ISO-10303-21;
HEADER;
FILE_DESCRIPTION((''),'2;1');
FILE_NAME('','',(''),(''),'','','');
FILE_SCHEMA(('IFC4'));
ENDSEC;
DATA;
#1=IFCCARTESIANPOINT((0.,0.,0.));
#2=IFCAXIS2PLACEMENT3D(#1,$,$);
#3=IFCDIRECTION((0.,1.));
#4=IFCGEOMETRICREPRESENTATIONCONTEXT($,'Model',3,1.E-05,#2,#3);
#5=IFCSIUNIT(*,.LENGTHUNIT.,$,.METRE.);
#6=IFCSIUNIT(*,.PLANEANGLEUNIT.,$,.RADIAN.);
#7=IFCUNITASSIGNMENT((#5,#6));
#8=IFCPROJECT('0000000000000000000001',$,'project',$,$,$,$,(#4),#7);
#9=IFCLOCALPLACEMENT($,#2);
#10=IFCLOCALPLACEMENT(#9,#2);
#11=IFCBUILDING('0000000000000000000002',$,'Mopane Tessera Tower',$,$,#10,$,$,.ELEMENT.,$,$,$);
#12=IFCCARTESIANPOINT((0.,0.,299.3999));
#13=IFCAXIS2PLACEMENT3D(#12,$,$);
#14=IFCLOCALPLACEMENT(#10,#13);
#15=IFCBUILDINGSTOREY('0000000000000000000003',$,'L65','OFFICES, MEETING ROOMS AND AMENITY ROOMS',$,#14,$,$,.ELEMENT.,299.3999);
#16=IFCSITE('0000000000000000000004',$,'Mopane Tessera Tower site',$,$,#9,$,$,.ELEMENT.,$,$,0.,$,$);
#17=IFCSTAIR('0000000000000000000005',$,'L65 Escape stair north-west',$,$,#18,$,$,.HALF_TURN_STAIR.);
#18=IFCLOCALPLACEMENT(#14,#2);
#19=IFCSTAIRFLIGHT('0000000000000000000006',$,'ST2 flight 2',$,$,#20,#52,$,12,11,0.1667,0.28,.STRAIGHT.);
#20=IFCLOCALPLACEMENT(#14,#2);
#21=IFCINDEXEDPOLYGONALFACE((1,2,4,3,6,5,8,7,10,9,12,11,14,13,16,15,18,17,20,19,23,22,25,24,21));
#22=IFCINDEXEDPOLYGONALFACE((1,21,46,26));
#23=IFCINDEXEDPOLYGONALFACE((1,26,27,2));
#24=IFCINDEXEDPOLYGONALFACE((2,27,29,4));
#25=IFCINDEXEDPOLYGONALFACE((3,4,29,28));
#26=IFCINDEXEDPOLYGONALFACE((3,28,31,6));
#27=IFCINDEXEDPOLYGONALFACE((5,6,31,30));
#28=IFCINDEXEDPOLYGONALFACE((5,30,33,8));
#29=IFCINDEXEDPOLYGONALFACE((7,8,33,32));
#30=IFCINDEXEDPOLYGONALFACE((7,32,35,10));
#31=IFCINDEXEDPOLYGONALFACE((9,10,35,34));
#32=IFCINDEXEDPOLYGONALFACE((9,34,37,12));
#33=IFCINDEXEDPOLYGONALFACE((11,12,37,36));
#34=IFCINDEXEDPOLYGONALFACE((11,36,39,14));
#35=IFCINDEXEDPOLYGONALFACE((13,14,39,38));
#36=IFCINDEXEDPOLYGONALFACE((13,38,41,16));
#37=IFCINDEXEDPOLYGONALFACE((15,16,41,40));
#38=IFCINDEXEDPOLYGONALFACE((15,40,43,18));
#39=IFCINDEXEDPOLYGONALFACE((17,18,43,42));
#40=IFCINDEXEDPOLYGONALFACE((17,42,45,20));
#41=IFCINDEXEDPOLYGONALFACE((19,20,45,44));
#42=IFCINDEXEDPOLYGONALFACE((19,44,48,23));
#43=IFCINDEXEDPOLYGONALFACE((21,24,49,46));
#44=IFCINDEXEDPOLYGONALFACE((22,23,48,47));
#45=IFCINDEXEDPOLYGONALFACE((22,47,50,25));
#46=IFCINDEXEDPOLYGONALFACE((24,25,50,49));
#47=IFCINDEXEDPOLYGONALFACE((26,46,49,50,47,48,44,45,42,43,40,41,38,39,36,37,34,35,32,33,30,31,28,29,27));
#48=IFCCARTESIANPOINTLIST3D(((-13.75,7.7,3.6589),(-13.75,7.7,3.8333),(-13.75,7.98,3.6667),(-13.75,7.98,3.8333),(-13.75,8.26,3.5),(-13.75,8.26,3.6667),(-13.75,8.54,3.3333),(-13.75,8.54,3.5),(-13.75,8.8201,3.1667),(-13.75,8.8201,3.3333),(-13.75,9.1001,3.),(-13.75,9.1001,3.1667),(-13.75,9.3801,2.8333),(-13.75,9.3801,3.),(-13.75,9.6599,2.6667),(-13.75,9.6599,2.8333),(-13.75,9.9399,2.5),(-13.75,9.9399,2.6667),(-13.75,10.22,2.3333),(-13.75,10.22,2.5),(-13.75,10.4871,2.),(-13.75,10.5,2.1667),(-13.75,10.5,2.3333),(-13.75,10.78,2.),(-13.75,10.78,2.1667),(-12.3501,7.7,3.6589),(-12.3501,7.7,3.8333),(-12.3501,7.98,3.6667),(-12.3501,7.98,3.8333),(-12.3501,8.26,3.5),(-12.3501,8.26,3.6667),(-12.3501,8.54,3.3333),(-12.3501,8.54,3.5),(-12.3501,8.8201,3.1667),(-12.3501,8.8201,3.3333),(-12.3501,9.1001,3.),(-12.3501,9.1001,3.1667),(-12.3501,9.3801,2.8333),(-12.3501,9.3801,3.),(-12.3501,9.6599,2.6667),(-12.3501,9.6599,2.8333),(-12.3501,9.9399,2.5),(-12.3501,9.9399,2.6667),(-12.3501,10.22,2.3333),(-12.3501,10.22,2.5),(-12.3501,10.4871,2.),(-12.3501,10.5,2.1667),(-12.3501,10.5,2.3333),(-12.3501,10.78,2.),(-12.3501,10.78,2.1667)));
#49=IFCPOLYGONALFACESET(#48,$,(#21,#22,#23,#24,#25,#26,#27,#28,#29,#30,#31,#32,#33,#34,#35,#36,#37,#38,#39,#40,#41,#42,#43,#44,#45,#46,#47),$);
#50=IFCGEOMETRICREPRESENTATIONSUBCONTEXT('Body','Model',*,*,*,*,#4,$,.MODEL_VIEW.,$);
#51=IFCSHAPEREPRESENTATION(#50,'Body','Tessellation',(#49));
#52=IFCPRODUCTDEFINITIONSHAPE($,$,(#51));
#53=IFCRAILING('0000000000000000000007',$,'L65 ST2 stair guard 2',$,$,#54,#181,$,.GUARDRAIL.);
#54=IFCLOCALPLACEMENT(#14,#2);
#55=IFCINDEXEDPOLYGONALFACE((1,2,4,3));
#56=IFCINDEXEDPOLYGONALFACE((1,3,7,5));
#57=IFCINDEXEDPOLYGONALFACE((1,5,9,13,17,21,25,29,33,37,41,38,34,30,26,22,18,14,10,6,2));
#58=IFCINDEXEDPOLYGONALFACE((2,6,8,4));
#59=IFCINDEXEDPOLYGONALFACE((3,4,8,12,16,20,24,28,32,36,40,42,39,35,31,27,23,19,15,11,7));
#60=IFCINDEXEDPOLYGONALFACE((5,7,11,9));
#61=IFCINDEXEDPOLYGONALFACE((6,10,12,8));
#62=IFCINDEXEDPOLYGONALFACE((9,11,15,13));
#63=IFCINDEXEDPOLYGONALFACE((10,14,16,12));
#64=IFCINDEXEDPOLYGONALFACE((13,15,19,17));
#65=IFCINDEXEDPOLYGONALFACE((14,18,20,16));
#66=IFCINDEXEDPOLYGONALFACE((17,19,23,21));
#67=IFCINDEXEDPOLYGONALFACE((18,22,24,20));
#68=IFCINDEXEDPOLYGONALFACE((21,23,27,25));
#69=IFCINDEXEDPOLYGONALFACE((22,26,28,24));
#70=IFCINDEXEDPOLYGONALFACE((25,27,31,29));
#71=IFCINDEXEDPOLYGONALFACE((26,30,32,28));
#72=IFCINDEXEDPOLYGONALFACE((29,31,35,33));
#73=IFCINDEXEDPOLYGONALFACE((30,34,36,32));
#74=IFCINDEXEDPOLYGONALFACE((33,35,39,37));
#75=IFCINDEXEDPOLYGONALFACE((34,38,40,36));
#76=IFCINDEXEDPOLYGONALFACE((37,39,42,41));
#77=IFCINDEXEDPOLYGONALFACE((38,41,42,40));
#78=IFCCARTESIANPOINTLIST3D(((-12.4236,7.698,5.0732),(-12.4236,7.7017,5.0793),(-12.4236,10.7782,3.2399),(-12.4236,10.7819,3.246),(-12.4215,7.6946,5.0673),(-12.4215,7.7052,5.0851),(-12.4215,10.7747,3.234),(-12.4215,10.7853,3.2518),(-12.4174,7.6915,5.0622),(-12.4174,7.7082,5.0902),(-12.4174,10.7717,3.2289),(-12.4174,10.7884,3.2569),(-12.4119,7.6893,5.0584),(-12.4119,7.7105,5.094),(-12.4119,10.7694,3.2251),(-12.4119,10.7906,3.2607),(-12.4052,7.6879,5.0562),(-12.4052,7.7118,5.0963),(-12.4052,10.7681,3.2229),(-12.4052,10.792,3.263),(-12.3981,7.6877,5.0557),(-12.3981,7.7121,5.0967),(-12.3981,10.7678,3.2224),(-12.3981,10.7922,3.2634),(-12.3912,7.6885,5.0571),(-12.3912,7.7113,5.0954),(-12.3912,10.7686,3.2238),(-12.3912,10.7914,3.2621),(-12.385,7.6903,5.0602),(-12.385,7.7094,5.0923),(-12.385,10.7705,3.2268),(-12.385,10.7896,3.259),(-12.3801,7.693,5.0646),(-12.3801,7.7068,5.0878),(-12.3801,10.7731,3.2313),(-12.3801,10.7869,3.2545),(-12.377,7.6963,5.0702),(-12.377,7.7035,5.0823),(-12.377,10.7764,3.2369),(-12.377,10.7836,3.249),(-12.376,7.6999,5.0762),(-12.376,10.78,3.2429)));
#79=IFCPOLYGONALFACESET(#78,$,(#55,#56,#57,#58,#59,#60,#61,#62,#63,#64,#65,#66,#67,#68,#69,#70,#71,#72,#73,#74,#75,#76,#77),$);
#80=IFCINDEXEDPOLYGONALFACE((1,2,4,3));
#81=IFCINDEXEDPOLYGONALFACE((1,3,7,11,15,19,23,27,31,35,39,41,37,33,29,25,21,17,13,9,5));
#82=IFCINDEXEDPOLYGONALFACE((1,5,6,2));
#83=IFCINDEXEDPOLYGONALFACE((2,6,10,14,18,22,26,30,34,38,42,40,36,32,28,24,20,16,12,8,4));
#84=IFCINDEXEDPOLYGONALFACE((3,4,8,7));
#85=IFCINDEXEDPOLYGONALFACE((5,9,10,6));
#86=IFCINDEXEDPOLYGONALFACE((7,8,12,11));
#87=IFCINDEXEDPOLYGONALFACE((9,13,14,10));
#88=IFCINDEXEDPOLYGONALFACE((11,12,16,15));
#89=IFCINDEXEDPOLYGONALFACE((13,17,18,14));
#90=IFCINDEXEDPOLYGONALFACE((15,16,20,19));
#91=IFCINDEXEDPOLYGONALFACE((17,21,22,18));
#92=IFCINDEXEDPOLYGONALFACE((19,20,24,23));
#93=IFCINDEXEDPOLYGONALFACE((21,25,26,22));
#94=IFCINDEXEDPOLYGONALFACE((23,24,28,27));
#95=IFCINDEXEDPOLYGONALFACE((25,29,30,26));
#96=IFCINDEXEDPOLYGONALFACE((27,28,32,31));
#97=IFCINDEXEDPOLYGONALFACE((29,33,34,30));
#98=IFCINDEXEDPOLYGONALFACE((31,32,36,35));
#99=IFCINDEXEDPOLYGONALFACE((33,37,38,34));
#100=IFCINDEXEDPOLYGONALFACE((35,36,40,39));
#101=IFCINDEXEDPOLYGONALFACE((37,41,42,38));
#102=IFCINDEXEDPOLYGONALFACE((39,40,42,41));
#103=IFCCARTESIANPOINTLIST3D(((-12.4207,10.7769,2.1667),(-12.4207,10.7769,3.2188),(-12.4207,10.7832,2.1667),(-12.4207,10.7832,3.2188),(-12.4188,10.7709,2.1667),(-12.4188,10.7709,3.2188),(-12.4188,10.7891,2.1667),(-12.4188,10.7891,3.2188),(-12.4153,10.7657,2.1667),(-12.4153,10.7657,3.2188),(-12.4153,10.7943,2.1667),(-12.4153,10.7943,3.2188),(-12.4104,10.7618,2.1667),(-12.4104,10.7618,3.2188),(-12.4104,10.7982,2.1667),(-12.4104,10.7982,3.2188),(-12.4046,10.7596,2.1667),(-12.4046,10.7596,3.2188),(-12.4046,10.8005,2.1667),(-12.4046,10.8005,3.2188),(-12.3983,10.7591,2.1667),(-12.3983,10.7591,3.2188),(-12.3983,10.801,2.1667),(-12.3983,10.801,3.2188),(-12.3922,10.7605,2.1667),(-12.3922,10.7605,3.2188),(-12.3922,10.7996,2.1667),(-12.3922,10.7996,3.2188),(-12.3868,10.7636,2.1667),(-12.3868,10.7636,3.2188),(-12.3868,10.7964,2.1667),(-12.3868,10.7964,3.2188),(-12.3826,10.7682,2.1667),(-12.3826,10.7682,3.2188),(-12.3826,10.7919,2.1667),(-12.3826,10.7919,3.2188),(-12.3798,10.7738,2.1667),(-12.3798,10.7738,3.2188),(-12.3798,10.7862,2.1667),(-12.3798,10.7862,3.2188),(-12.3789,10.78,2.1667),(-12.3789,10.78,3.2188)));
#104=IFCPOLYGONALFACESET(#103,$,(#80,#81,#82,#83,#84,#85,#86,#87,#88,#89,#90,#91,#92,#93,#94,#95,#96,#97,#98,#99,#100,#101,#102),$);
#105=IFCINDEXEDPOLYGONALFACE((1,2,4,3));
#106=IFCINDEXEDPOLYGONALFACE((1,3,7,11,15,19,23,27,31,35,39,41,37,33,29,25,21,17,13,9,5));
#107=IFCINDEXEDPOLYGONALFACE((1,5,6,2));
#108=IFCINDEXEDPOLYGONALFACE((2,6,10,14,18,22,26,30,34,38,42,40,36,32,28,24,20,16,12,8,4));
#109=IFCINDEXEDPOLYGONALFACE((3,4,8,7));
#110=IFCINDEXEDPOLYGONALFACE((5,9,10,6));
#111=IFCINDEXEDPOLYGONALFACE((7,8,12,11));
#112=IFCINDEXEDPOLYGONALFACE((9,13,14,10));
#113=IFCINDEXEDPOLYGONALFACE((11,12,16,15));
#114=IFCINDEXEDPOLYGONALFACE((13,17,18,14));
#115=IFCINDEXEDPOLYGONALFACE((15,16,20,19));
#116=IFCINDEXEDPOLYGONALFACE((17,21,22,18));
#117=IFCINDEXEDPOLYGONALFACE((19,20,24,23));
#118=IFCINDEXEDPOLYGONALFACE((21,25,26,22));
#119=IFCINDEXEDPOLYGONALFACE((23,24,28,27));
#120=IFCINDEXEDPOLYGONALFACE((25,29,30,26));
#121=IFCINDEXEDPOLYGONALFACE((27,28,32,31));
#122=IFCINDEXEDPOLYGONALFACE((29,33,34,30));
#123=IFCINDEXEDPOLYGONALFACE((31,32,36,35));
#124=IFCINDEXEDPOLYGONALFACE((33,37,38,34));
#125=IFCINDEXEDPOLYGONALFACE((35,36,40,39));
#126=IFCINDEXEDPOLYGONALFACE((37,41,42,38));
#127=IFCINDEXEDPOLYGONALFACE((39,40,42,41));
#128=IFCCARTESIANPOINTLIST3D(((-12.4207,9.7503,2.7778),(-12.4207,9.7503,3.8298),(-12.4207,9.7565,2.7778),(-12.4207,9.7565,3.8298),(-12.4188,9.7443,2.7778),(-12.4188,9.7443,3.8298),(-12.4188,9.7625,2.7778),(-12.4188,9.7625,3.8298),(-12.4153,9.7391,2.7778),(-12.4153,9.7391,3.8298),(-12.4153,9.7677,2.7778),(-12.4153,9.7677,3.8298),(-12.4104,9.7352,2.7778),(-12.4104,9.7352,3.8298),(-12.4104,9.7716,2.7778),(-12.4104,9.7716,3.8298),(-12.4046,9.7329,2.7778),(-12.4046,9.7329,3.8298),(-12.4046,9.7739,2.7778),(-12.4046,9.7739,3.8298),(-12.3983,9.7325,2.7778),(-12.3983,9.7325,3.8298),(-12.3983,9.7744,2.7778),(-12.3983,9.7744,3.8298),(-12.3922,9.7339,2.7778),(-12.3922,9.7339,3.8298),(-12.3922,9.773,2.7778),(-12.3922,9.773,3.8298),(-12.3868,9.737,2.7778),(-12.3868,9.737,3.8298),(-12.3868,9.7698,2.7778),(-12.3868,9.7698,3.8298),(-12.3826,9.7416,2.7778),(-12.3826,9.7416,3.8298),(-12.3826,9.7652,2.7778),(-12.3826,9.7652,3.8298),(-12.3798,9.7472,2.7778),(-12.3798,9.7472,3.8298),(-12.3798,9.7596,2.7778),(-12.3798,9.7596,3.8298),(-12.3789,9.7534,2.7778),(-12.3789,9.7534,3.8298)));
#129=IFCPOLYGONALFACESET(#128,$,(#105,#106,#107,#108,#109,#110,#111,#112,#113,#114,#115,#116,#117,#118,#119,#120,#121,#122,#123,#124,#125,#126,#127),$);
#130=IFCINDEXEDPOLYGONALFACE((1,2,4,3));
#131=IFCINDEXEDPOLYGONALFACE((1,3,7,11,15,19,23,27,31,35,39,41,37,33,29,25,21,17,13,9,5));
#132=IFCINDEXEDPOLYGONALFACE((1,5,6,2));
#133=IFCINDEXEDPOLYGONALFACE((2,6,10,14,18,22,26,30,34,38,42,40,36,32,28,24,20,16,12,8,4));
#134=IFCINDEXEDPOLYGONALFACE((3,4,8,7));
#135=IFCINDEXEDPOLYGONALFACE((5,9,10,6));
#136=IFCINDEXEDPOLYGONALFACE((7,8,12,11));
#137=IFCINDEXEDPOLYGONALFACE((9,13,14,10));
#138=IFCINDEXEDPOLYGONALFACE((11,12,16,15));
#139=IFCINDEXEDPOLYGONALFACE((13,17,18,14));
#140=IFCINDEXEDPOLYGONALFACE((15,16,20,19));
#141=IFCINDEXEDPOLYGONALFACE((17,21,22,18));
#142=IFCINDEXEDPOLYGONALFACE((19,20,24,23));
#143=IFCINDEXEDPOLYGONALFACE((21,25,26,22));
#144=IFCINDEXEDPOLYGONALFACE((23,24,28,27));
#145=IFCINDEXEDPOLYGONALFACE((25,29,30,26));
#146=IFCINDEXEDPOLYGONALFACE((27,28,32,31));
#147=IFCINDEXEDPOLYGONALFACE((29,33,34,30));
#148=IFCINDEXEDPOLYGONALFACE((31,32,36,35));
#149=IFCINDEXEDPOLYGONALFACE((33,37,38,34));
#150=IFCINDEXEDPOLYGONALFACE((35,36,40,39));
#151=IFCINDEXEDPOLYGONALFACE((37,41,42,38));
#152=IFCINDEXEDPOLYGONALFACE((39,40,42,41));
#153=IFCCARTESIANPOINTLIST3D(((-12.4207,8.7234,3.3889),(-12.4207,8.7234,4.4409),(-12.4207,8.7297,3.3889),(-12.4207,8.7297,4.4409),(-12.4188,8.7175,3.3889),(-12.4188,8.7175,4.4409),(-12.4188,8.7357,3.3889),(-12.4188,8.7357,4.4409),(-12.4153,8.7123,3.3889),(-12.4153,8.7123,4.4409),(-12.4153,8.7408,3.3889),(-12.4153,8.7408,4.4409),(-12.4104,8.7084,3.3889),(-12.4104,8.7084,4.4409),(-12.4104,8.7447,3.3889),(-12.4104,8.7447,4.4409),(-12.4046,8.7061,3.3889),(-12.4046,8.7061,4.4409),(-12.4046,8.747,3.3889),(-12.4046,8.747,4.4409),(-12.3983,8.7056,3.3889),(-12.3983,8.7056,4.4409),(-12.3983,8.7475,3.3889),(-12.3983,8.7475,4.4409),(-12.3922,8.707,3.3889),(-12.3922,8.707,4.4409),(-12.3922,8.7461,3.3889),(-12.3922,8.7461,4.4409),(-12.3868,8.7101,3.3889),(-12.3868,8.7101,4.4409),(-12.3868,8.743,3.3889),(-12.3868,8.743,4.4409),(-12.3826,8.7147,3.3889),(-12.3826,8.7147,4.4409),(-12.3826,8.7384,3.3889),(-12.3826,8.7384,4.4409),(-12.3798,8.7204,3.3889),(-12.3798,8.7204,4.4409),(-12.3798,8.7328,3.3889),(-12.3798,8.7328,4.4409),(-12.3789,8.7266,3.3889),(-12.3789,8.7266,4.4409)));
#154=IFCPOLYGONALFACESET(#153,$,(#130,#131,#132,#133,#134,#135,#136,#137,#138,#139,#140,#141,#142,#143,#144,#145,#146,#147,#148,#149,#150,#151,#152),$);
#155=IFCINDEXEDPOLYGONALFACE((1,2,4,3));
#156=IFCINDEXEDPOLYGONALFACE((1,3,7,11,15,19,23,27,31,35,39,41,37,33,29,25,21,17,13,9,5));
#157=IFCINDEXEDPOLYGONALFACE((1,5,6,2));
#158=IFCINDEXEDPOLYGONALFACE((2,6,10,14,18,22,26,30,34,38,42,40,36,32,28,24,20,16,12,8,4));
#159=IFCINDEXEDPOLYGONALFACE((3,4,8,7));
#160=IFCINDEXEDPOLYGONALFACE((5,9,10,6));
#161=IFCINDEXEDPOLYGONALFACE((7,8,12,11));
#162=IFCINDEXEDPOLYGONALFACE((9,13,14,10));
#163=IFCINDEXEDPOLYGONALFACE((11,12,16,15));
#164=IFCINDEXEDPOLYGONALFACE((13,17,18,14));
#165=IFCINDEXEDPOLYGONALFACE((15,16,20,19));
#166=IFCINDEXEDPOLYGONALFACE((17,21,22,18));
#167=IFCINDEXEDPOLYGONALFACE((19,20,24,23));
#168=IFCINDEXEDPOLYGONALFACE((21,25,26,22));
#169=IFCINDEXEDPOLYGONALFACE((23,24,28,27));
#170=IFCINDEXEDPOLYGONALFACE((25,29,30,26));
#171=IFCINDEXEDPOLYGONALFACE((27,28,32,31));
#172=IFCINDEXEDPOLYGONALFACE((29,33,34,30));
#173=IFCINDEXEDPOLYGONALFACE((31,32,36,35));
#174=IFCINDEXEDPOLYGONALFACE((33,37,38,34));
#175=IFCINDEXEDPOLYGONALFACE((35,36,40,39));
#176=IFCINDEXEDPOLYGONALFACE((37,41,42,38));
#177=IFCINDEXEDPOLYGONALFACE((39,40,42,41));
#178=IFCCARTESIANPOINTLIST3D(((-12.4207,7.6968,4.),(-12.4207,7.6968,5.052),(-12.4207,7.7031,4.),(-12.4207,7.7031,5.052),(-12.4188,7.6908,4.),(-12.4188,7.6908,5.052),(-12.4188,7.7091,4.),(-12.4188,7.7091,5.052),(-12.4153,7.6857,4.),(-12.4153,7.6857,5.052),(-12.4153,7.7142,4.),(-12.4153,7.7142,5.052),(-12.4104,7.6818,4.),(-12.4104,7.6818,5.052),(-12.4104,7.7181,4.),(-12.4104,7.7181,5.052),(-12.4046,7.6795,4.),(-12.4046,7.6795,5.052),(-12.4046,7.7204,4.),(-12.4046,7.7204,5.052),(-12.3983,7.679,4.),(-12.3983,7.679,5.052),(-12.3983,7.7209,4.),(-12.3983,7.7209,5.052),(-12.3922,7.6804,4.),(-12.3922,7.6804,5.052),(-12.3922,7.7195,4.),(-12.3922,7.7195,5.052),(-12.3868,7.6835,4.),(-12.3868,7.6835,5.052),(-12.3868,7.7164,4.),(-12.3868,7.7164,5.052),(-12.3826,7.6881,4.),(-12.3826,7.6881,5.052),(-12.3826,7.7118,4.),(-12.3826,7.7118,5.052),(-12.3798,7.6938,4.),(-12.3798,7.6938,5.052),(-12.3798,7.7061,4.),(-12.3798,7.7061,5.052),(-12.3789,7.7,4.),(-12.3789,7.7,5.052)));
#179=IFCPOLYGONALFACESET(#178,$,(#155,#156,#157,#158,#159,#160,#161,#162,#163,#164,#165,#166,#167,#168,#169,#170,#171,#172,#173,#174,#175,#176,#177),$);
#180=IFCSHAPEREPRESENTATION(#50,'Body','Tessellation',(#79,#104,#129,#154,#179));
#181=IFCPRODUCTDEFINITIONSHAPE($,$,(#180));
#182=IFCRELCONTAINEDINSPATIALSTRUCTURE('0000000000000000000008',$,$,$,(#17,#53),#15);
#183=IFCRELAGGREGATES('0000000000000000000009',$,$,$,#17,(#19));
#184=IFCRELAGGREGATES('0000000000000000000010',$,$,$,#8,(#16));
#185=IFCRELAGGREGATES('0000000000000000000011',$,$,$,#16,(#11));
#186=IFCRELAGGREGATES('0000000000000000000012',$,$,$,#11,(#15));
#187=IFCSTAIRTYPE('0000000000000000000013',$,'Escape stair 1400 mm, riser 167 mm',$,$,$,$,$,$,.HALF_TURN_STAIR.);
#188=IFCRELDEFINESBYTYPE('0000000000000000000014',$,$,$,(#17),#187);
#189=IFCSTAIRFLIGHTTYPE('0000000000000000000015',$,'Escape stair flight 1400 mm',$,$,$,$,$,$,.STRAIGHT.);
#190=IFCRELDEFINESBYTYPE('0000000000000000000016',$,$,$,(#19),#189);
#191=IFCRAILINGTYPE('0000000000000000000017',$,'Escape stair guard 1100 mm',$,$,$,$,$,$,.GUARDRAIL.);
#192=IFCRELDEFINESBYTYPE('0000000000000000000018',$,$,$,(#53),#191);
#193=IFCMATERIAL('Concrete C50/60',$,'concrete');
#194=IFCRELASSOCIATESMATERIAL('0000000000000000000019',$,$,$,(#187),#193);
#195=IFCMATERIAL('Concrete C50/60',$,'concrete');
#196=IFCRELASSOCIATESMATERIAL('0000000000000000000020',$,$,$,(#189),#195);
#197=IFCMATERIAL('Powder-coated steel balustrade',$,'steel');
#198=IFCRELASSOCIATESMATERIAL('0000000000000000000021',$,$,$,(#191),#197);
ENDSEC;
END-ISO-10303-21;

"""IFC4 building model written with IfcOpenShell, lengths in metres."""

from ifc_helpers import new_model, si_unit, direction, frame, origin, origin_2d, place, context, subcontext, project, spatial, polyline, circle, outline, extrude, material, type_object, element, aggregate, save


model = new_model("IFC4")

# Units and contexts
model_context = context("Model", 3, precision=1e-05, world=origin(), true_north=direction((0.0, 1.0)))
body_context = subcontext(model_context, "Body", "Model", "MODEL_VIEW")
ifc_project = project(units=[si_unit("LENGTHUNIT", "METRE"), si_unit("PLANEANGLEUNIT", "RADIAN")], contexts=[model_context])

# Site, building, storey
site_placement = place(None, origin())
site = spatial("IfcSite", under=ifc_project, at=site_placement, Name="Mopane Tessera Tower site", CompositionType="ELEMENT", RefElevation=0.0)
building_placement = place(site_placement, origin())
building = spatial("IfcBuilding", under=site, at=building_placement, Name="Mopane Tessera Tower", CompositionType="ELEMENT")
storey_placement = place(building_placement, frame((0.0, 0.0, 299.3999)))
storey = spatial("IfcBuildingStorey", under=building, at=storey_placement, Name="L65", Description="OFFICES, MEETING ROOMS AND AMENITY ROOMS", CompositionType="ELEMENT", Elevation=299.3999)

# Stair, stair flight
ifc_material_1 = material(Name="Concrete C50/60", Category="concrete")
stair_type = type_object("IfcStairType", Name="Escape stair 1400 mm, riser 167 mm", PredefinedType="HALF_TURN_STAIR", material=ifc_material_1)
stair_placement = place(storey_placement, origin())
stair = element("IfcStair", 1, at=stair_placement, inside=storey, type_object=stair_type, Name="L65 Escape stair north-west", PredefinedType="HALF_TURN_STAIR")
ifc_material_2 = material(Name="Concrete C50/60", Category="concrete")
stair_flight_type = type_object("IfcStairFlightType", Name="Escape stair flight 1400 mm", PredefinedType="STRAIGHT", material=ifc_material_2)
stair_flight_placement = place(storey_placement, frame((-13.05, 10.78, 2.0), z_axis=(0.0, 0.0, 1.0), x_axis=(0.0, -1.0, 0.0)))
stair_flight = element("IfcStairFlight", 2, at=stair_flight_placement, type_object=stair_flight_type, Name="ST2 flight 2", NumberOfRisers=12, NumberOfTreads=11, PredefinedType="STRAIGHT", RiserHeight=0.1667, TreadLength=0.28, context=body_context, shape_type="SweptSolid", body=[
    extrude(outline(polyline([(0.0, 0.0), (0.0, 0.1667), (0.28, 0.1667), (0.28, 0.3333), (0.5601, 0.3333), (0.5601, 0.5), (0.8401, 0.5), (0.8401, 0.6667), (1.1201, 0.6667), (1.1201, 0.8333), (1.3999, 0.8333), (1.3999, 1.0), (1.6799, 1.0), (1.6799, 1.1667), (1.96, 1.1667), (1.96, 1.3333), (2.24, 1.3333), (2.24, 1.5), (2.52, 1.5), (2.52, 1.6667), (2.8, 1.6667), (2.8, 1.8333), (3.0801, 1.8333), (3.0801, 2.0), (3.0801, 1.6589), (0.293, 0.0), (0.0, 0.0)])), frame((0.0, 0.7, 0.0), z_axis=(0.0, -1.0, 0.0), x_axis=(1.0, 0.0, 0.0)), (0.0, 0.0, 1.0), 1.3999),
])
aggregate(stair, [stair_flight])

# Railing
ifc_material_3 = material(Name="Powder-coated steel balustrade", Category="steel")
railing_type_1 = type_object("IfcRailingType", Name="Escape stair guard 1100 mm", PredefinedType="GUARDRAIL", material=ifc_material_3)
railing_1_placement = place(storey_placement, frame((-12.3999, 10.78, 2.1667)))
element("IfcRailing", 3, at=railing_1_placement, inside=storey, type_object=railing_type_1, Name="L65 ST2 stair guard 2", PredefinedType="GUARDRAIL", context=body_context, shape_type="SweptSolid", body=[
    extrude(circle(Radius=0.0239, at=origin_2d()), frame((0.0, 0.0, 1.0762), z_axis=(0.0, -0.859309, 0.511458), x_axis=(1.0, 0.0, 0.0)), (0.0, 0.0, 1.0), 3.5845),
    extrude(circle(Radius=0.021, at=origin_2d()), origin(), (0.0, 0.0, 1.0), 1.052),
    extrude(circle(Radius=0.021, at=origin_2d()), frame((0.0, -1.0266, 0.6111)), (0.0, 0.0, 1.0), 1.052),
    extrude(circle(Radius=0.021, at=origin_2d()), frame((0.0, -2.0535, 1.2222)), (0.0, 0.0, 1.0), 1.052),
    extrude(circle(Radius=0.021, at=origin_2d()), frame((0.0, -3.0801, 1.8333)), (0.0, 0.0, 1.0), 1.052),
])

save(model, "model.ifc")
